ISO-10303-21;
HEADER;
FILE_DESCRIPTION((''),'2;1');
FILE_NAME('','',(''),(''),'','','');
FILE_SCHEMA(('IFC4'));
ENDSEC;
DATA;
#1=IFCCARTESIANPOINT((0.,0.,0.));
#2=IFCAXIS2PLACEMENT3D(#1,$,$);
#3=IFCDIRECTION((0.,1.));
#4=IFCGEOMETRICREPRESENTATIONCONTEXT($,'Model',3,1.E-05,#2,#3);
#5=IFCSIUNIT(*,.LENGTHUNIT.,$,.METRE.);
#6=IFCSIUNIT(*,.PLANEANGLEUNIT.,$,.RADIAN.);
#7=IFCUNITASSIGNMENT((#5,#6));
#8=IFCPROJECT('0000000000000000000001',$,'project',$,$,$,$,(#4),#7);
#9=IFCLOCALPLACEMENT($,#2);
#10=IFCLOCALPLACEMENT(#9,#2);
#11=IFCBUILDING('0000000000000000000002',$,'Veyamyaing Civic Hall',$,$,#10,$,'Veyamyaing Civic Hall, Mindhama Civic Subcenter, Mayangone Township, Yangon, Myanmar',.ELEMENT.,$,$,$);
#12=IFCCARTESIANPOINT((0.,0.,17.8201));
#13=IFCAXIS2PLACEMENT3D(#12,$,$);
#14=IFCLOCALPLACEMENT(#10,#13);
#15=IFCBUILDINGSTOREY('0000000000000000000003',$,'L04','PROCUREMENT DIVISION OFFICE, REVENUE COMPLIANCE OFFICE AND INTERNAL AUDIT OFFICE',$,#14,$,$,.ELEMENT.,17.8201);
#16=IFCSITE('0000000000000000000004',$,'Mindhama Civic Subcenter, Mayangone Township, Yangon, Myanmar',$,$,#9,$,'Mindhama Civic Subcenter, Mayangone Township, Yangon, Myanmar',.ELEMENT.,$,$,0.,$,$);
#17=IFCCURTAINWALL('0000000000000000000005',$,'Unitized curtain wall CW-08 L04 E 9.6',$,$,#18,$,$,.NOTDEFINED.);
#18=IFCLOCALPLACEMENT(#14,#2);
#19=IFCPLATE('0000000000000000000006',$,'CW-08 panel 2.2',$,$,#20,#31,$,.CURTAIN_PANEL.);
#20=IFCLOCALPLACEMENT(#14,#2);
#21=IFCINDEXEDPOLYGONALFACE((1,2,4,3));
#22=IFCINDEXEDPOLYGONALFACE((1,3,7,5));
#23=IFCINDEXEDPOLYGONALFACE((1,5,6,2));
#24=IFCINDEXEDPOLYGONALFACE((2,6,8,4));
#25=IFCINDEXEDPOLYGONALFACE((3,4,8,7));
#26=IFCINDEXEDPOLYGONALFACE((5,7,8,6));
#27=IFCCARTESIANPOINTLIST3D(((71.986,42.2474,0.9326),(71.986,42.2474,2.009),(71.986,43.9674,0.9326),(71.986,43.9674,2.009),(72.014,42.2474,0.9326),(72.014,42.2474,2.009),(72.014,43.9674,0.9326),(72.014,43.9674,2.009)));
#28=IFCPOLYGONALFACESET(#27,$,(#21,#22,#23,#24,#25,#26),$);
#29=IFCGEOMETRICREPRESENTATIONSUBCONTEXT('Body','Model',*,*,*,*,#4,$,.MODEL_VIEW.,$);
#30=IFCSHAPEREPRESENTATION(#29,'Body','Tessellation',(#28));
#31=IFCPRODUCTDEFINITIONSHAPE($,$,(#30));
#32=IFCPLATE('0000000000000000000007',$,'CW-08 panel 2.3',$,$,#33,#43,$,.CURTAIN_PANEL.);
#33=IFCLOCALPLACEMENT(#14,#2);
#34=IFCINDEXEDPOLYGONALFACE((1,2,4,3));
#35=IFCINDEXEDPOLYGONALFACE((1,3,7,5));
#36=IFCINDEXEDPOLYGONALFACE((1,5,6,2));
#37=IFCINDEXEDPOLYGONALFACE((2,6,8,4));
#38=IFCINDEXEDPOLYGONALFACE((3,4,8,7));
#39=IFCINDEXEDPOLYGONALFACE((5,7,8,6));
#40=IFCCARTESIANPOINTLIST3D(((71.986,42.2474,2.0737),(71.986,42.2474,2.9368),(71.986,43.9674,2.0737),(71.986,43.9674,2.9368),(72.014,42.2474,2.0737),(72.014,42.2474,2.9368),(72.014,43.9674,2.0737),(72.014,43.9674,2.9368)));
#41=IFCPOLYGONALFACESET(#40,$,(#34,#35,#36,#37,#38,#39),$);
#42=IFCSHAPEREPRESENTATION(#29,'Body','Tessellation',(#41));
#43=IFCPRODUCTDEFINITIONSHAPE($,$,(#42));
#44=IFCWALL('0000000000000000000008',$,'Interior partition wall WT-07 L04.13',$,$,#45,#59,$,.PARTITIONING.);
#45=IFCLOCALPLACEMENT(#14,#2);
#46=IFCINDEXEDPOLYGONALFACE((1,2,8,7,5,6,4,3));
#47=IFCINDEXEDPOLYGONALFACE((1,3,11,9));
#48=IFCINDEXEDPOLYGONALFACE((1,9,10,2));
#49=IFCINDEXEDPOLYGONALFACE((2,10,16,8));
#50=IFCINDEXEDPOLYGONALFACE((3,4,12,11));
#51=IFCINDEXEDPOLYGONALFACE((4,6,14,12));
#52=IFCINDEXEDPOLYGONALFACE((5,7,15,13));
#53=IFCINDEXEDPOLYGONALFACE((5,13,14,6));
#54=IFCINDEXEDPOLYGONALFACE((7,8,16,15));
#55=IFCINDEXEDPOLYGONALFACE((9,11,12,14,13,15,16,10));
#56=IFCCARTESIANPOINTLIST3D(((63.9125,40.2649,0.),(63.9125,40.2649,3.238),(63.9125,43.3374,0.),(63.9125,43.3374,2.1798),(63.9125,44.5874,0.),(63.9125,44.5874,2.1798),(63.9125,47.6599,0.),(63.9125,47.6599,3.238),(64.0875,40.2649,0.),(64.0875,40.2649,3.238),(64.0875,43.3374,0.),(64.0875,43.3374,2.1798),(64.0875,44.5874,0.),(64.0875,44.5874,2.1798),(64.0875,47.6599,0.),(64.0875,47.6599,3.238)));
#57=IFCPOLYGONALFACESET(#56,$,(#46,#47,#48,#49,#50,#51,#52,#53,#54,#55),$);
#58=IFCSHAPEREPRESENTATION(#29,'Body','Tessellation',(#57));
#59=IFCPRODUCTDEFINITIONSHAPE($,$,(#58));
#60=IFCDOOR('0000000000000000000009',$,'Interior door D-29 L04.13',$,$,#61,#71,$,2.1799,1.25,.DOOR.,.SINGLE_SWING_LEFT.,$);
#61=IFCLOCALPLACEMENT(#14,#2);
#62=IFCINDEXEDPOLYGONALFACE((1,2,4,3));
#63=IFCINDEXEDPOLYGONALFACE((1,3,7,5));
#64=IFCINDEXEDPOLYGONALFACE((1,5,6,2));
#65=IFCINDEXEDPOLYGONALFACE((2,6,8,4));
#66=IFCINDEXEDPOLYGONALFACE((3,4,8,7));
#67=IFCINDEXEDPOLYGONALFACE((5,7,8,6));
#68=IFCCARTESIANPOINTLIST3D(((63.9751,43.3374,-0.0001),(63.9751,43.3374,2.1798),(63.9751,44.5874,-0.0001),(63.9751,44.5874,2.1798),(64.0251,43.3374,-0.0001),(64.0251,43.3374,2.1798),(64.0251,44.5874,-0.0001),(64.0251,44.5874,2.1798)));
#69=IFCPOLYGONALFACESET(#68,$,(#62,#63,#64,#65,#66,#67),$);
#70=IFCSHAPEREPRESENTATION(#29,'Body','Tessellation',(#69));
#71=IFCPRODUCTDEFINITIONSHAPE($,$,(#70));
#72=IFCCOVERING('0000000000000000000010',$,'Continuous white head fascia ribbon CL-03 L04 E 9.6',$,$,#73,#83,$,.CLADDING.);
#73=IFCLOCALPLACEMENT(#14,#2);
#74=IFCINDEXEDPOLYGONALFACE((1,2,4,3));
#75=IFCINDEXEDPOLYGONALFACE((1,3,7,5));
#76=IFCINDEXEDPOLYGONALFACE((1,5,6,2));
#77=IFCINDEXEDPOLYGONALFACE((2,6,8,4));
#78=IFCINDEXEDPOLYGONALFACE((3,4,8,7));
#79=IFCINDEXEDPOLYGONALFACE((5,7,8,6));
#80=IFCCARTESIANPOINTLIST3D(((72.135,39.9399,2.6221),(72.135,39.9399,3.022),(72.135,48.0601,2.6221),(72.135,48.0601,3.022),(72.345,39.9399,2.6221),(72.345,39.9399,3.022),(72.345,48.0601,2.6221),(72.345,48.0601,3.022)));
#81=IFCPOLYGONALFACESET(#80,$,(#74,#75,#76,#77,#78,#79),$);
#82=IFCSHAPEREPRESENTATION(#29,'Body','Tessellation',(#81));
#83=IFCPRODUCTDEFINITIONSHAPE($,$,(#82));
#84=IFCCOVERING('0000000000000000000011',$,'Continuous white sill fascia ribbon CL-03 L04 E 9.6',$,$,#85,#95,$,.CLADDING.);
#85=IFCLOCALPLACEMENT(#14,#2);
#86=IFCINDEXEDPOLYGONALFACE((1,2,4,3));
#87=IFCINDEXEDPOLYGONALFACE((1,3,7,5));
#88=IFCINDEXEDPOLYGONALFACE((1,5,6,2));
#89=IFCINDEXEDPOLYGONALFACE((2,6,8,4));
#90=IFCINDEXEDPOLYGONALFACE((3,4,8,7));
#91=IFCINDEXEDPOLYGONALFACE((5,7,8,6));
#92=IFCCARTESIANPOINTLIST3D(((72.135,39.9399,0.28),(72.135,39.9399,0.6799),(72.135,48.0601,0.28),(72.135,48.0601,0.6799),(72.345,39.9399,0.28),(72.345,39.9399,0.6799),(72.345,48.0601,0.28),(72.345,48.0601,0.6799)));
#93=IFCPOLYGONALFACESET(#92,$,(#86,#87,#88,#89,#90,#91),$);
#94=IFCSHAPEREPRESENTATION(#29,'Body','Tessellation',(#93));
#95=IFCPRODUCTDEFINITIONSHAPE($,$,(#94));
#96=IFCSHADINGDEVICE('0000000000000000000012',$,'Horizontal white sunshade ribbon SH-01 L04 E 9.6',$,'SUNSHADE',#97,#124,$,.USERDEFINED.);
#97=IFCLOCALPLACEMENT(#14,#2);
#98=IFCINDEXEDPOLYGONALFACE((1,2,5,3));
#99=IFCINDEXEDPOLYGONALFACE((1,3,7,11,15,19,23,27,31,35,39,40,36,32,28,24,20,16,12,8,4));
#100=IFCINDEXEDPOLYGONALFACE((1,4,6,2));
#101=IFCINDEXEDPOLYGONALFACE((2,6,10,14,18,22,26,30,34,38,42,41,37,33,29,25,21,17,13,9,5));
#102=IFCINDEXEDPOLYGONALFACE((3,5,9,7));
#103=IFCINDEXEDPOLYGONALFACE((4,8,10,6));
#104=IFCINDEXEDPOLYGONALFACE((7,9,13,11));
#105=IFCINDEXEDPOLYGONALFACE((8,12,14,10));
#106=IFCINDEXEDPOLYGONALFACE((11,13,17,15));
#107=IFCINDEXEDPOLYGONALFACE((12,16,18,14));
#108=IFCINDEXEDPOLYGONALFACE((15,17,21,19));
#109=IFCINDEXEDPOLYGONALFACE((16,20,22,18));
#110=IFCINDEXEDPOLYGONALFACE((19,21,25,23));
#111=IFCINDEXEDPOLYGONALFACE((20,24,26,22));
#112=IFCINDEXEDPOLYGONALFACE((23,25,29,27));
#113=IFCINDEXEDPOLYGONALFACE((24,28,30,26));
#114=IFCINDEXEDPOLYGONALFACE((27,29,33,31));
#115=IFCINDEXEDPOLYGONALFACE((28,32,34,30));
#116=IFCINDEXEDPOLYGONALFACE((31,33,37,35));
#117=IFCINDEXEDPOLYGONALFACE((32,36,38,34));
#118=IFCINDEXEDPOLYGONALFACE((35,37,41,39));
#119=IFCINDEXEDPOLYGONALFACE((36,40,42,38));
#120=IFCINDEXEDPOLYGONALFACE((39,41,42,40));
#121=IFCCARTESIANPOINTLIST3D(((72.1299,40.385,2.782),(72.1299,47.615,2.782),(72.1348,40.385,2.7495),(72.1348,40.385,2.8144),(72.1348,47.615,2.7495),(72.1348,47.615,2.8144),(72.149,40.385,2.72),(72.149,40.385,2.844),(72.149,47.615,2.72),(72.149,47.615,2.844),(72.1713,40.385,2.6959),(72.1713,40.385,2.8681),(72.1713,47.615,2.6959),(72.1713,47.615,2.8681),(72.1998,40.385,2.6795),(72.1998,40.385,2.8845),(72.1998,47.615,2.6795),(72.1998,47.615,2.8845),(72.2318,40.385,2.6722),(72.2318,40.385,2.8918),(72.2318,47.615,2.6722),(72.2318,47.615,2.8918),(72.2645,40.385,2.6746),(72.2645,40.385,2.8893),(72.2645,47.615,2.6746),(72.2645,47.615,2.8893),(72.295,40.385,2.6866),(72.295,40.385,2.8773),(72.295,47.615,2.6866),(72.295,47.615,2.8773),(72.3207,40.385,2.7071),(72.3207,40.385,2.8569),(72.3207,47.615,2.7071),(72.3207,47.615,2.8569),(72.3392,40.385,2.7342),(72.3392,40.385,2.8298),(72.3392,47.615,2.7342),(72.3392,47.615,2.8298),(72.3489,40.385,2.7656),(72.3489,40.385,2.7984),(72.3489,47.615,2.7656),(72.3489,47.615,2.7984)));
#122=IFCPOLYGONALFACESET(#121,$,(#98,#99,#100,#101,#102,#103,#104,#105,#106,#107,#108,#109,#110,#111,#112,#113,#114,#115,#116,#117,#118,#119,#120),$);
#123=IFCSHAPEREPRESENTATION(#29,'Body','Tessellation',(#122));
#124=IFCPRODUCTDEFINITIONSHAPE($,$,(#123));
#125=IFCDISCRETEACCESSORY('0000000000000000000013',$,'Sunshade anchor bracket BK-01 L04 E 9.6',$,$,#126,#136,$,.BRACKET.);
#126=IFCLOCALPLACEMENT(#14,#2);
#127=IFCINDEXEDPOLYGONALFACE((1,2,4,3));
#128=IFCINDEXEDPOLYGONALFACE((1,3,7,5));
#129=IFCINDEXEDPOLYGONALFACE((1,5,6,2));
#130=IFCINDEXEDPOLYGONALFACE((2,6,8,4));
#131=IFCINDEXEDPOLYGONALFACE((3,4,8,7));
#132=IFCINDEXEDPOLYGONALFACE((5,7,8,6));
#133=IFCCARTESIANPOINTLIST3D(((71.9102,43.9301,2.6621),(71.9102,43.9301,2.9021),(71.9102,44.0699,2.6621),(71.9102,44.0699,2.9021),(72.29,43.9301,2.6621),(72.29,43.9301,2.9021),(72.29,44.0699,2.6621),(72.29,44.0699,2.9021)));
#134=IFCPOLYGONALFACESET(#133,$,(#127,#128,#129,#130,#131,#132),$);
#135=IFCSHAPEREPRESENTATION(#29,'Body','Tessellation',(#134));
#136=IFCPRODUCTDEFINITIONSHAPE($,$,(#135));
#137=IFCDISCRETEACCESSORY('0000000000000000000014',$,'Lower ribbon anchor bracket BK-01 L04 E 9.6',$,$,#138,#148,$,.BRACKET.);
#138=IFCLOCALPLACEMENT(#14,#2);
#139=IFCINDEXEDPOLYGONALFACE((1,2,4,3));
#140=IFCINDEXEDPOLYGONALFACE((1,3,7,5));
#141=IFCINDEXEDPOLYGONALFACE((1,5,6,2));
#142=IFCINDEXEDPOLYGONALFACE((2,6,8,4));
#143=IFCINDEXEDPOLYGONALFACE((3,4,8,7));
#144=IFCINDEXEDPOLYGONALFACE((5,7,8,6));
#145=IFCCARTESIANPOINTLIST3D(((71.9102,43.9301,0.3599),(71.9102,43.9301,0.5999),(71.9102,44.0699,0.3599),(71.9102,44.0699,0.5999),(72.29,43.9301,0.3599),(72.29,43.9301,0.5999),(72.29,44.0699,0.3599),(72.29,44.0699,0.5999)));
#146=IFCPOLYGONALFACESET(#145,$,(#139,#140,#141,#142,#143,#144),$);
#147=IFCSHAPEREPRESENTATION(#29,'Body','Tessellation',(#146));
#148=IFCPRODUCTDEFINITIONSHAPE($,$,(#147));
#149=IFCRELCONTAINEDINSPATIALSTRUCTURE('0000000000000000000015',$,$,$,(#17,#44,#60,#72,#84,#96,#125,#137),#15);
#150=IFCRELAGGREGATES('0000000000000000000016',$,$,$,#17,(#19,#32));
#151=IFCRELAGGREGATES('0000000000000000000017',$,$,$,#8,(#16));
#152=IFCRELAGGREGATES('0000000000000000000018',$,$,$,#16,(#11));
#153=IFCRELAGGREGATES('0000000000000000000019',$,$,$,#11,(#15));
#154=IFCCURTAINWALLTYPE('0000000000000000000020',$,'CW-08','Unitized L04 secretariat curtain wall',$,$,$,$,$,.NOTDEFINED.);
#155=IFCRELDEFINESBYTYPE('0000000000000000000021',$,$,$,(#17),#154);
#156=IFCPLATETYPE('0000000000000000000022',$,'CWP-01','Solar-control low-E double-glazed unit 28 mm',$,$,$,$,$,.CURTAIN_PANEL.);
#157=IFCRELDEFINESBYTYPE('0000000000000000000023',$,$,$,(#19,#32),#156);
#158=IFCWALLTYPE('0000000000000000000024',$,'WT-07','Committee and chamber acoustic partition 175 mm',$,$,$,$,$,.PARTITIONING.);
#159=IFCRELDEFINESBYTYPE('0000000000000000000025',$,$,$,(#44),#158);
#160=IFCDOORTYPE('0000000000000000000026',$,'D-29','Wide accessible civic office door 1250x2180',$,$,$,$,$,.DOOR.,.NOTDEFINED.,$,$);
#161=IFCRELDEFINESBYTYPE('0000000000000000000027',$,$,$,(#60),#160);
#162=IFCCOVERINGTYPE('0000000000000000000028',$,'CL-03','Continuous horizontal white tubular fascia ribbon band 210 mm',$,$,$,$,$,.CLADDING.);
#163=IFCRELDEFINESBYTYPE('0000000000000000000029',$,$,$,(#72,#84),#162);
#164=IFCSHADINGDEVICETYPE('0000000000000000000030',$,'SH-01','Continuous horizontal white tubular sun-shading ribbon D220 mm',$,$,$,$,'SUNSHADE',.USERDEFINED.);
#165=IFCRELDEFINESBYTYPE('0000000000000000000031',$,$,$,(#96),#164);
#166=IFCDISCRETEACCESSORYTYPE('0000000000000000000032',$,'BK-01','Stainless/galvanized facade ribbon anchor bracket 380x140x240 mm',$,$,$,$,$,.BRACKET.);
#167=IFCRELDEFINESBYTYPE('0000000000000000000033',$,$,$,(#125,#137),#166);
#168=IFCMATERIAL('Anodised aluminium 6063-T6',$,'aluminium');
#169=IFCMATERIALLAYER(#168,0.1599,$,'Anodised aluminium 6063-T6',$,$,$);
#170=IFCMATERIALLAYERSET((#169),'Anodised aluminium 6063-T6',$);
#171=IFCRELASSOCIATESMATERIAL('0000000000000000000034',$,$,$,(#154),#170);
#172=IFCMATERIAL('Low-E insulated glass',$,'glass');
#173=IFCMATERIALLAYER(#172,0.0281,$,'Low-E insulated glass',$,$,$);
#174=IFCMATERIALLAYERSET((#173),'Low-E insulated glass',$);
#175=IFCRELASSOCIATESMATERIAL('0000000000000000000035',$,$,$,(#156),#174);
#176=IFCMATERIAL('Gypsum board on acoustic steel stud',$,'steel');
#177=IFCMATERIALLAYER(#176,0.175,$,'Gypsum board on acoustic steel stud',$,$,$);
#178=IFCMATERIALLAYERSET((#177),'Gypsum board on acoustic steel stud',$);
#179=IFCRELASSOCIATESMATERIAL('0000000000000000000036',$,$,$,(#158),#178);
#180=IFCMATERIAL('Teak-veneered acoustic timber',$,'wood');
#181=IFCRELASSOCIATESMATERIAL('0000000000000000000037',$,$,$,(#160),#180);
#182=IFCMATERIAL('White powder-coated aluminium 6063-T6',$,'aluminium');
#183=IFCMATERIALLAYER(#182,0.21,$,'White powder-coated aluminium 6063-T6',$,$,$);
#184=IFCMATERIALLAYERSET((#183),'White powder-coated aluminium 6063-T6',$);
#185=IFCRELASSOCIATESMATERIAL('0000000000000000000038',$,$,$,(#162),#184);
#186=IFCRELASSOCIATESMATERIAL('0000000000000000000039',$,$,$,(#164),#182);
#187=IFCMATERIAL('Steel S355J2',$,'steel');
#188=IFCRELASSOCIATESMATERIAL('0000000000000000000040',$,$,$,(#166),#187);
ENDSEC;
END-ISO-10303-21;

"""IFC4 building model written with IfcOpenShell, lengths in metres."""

from ifc_helpers import new_model, si_unit, direction, frame, frame_2d, origin, origin_2d, place, context, subcontext, project, spatial, rectangle, circle, extrude, material, layer, layer_set, material_profile, profile_set, type_object, element, fill, aggregate, save


model = new_model("IFC4")

# Units and contexts
model_context = context("Model", 3, precision=1e-05, world=origin(), true_north=direction((0.0, 1.0)))
body_context = subcontext(model_context, "Body", "Model", "MODEL_VIEW")
ifc_project = project(units=[si_unit("LENGTHUNIT", "METRE"), si_unit("PLANEANGLEUNIT", "RADIAN")], contexts=[model_context])

# Site, building, storey
site_placement = place(None, origin())
site = spatial("IfcSite", under=ifc_project, at=site_placement, Name="Mindhama Civic Subcenter, Mayangone Township, Yangon, Myanmar", LongName="Mindhama Civic Subcenter, Mayangone Township, Yangon, Myanmar", CompositionType="ELEMENT", RefElevation=0.0)
building_placement = place(site_placement, origin())
building = spatial("IfcBuilding", under=site, at=building_placement, Name="Veyamyaing Civic Hall", LongName="Veyamyaing Civic Hall, Mindhama Civic Subcenter, Mayangone Township, Yangon, Myanmar", CompositionType="ELEMENT")
storey_placement = place(building_placement, frame((0.0, 0.0, 17.8201)))
storey = spatial("IfcBuildingStorey", under=building, at=storey_placement, Name="L04", Description="PROCUREMENT DIVISION OFFICE, REVENUE COMPLIANCE OFFICE AND INTERNAL AUDIT OFFICE", CompositionType="ELEMENT", Elevation=17.8201)

# Curtain wall
ifc_material_1 = material(Name="Anodised aluminium 6063-T6", Category="aluminium")
ifc_layer_1 = layer(ifc_material_1, 0.1599, Name="Anodised aluminium 6063-T6")
ifc_layer_set_1 = layer_set([ifc_layer_1], Name="Anodised aluminium 6063-T6")
curtain_wall_type = type_object("IfcCurtainWallType", Name="CW-08", Description="Unitized L04 secretariat curtain wall", PredefinedType="NOTDEFINED", material=ifc_layer_set_1)
curtain_wall_placement = place(storey_placement, origin())
curtain_wall = element("IfcCurtainWall", 1, at=curtain_wall_placement, inside=storey, type_object=curtain_wall_type, Name="Unitized curtain wall CW-08 L04 E 9.6", PredefinedType="NOTDEFINED")

# Plates
ifc_material_2 = material(Name="Low-E insulated glass", Category="glass")
ifc_layer_2 = layer(ifc_material_2, 0.0281, Name="Low-E insulated glass")
ifc_layer_set_2 = layer_set([ifc_layer_2], Name="Low-E insulated glass")
plate_type = type_object("IfcPlateType", Name="CWP-01", Description="Solar-control low-E double-glazed unit 28 mm", PredefinedType="CURTAIN_PANEL", material=ifc_layer_set_2)
plate_1_placement = place(storey_placement, frame((72.0, 43.1074, 0.9326), z_axis=(0.0, 0.0, 1.0), x_axis=(0.0, 1.0, 0.0)))
plate_1 = element("IfcPlate", 2, at=plate_1_placement, type_object=plate_type, Name="CW-08 panel 2.2", PredefinedType="CURTAIN_PANEL", context=body_context, shape_type="SweptSolid", body=[
    extrude(rectangle(XDim=1.72, YDim=0.0281, at=origin_2d()), origin(), (0.0, 0.0, 1.0), 1.0764),
])
plate_2_placement = place(storey_placement, frame((72.0, 43.1074, 2.0737), z_axis=(0.0, 0.0, 1.0), x_axis=(0.0, 1.0, 0.0)))
plate_2 = element("IfcPlate", 3, at=plate_2_placement, type_object=plate_type, Name="CW-08 panel 2.3", PredefinedType="CURTAIN_PANEL", context=body_context, shape_type="SweptSolid", body=[
    extrude(rectangle(XDim=1.72, YDim=0.0281, at=origin_2d()), origin(), (0.0, 0.0, 1.0), 0.863),
])
aggregate(curtain_wall, [plate_1, plate_2])

# Wall, opening, door
ifc_material_3 = material(Name="Gypsum board on acoustic steel stud", Category="steel")
ifc_layer_3 = layer(ifc_material_3, 0.175, Name="Gypsum board on acoustic steel stud")
ifc_layer_set_3 = layer_set([ifc_layer_3], Name="Gypsum board on acoustic steel stud")
wall_type = type_object("IfcWallType", Name="WT-07", Description="Committee and chamber acoustic partition 175 mm", PredefinedType="PARTITIONING", material=ifc_layer_set_3)
wall_placement = place(storey_placement, frame((64.0, 40.2649, 0.0), z_axis=(0.0, 0.0, 1.0), x_axis=(0.0, 1.0, 0.0)))
wall = element("IfcWall", 4, at=wall_placement, inside=storey, type_object=wall_type, Name="Interior partition wall WT-07 L04.13", PredefinedType="PARTITIONING", context=body_context, shape_type="SweptSolid", body=[
    extrude(rectangle(XDim=7.395, YDim=0.175, at=frame_2d((3.6975, 0.0))), origin(), (0.0, 0.0, 1.0), 3.238),
])
opening_placement = place(wall_placement, frame((3.0725, 0.0, 0.0)))
opening = element("IfcOpeningElement", 5, at=opening_placement, cuts=wall, PredefinedType="OPENING", context=body_context, shape_type="SweptSolid", body=[
    extrude(rectangle(XDim=1.25, YDim=2.1799, at=frame_2d((0.625, 1.0898))), frame((0.0, 0.0974, 0.0), z_axis=(0.0, -1.0, 0.0), x_axis=(1.0, 0.0, 0.0)), (0.0, 0.0, 1.0), 0.1951),
])
ifc_material_4 = material(Name="Teak-veneered acoustic timber", Category="wood")
door_type = type_object("IfcDoorType", Name="D-29", Description="Wide accessible civic office door 1250x2180", OperationType="NOTDEFINED", PredefinedType="DOOR", material=ifc_material_4)
door_placement = place(opening_placement, origin())
door = element("IfcDoor", 6, at=door_placement, inside=storey, type_object=door_type, Name="Interior door D-29 L04.13", OperationType="SINGLE_SWING_LEFT", OverallHeight=2.1799, OverallWidth=1.25, PredefinedType="DOOR", context=body_context, shape_type="SweptSolid", body=[
    extrude(rectangle(XDim=1.25, YDim=2.1799, at=frame_2d((0.625, 1.0898))), frame((0.0, 0.0249, 0.0), z_axis=(0.0, -1.0, 0.0), x_axis=(1.0, 0.0, 0.0)), (0.0, 0.0, 1.0), 0.05),
])
fill(opening, door)

# Coverings
ifc_material_5 = material(Name="White powder-coated aluminium 6063-T6", Category="aluminium")
ifc_layer_4 = layer(ifc_material_5, 0.21, Name="White powder-coated aluminium 6063-T6")
ifc_layer_set_4 = layer_set([ifc_layer_4], Name="White powder-coated aluminium 6063-T6")
covering_type = type_object("IfcCoveringType", Name="CL-03", Description="Continuous horizontal white tubular fascia ribbon band 210 mm", PredefinedType="CLADDING", material=ifc_layer_set_4)
for number, where, z_axis, x_axis, name in (
    (7, (72.24, 44.0, 2.6221), (0.0, 0.0, 1.0), (0.0, 1.0, 0.0), "Continuous white head fascia ribbon CL-03 L04 E 9.6"),
    (8, (72.24, 44.0, 0.28), (0.0, 0.0, 1.0), (0.0, 1.0, 0.0), "Continuous white sill fascia ribbon CL-03 L04 E 9.6"),
):
    element("IfcCovering", number, at=place(storey_placement, frame(where, z_axis=z_axis, x_axis=x_axis)), inside=storey, type_object=covering_type, Name=name, PredefinedType="CLADDING", context=body_context, shape_type="SweptSolid", body=[
        extrude(rectangle(XDim=8.1201, YDim=0.21, at=origin_2d()), origin(), (0.0, 0.0, 1.0), 0.3999),
    ])

# Shading device
ifc_material_profile_1 = material_profile(ifc_material_5, circle(Radius=0.1101, at=origin_2d()), Name="SHADE-TUBE-220")
ifc_profile_set_1 = profile_set([ifc_material_profile_1], Name="White powder-coated aluminium 6063-T6")
shading_device_type = type_object("IfcShadingDeviceType", Name="SH-01", Description="Continuous horizontal white tubular sun-shading ribbon D220 mm", ElementType="SUNSHADE", PredefinedType="USERDEFINED", material=ifc_profile_set_1)
shading_device_placement = place(storey_placement, frame((72.24, 40.385, 2.782), z_axis=(0.0, 1.0, 0.0), x_axis=(-1.0, 0.0, 0.0)))
element("IfcShadingDevice", 9, at=shading_device_placement, inside=storey, type_object=shading_device_type, Name="Horizontal white sunshade ribbon SH-01 L04 E 9.6", ObjectType="SUNSHADE", PredefinedType="USERDEFINED", context=body_context, shape_type="SweptSolid", body=[
    extrude(circle(Radius=0.1101, at=origin_2d()), origin(), (0.0, 0.0, 1.0), 7.23),
])

# Discrete accessories
ifc_material_6 = material(Name="Steel S355J2", Category="steel")
discrete_accessory_type = type_object("IfcDiscreteAccessoryType", Name="BK-01", Description="Stainless/galvanized facade ribbon anchor bracket 380x140x240 mm", PredefinedType="BRACKET", material=ifc_material_6)
for number, where, z_axis, x_axis, name in (
    (10, (72.1001, 44.0, 2.6621), (0.0, 0.0, 1.0), (1.0, 0.0, 0.0), "Sunshade anchor bracket BK-01 L04 E 9.6"),
    (11, (72.1001, 44.0, 0.3599), (0.0, 0.0, 1.0), (1.0, 0.0, 0.0), "Lower ribbon anchor bracket BK-01 L04 E 9.6"),
):
    element("IfcDiscreteAccessory", number, at=place(storey_placement, frame(where, z_axis=z_axis, x_axis=x_axis)), inside=storey, type_object=discrete_accessory_type, Name=name, PredefinedType="BRACKET", context=body_context, shape_type="SweptSolid", body=[
        extrude(rectangle(XDim=0.3799, YDim=0.1399, at=origin_2d()), origin(), (0.0, 0.0, 1.0), 0.24),
    ])

save(model, "model.ifc")
